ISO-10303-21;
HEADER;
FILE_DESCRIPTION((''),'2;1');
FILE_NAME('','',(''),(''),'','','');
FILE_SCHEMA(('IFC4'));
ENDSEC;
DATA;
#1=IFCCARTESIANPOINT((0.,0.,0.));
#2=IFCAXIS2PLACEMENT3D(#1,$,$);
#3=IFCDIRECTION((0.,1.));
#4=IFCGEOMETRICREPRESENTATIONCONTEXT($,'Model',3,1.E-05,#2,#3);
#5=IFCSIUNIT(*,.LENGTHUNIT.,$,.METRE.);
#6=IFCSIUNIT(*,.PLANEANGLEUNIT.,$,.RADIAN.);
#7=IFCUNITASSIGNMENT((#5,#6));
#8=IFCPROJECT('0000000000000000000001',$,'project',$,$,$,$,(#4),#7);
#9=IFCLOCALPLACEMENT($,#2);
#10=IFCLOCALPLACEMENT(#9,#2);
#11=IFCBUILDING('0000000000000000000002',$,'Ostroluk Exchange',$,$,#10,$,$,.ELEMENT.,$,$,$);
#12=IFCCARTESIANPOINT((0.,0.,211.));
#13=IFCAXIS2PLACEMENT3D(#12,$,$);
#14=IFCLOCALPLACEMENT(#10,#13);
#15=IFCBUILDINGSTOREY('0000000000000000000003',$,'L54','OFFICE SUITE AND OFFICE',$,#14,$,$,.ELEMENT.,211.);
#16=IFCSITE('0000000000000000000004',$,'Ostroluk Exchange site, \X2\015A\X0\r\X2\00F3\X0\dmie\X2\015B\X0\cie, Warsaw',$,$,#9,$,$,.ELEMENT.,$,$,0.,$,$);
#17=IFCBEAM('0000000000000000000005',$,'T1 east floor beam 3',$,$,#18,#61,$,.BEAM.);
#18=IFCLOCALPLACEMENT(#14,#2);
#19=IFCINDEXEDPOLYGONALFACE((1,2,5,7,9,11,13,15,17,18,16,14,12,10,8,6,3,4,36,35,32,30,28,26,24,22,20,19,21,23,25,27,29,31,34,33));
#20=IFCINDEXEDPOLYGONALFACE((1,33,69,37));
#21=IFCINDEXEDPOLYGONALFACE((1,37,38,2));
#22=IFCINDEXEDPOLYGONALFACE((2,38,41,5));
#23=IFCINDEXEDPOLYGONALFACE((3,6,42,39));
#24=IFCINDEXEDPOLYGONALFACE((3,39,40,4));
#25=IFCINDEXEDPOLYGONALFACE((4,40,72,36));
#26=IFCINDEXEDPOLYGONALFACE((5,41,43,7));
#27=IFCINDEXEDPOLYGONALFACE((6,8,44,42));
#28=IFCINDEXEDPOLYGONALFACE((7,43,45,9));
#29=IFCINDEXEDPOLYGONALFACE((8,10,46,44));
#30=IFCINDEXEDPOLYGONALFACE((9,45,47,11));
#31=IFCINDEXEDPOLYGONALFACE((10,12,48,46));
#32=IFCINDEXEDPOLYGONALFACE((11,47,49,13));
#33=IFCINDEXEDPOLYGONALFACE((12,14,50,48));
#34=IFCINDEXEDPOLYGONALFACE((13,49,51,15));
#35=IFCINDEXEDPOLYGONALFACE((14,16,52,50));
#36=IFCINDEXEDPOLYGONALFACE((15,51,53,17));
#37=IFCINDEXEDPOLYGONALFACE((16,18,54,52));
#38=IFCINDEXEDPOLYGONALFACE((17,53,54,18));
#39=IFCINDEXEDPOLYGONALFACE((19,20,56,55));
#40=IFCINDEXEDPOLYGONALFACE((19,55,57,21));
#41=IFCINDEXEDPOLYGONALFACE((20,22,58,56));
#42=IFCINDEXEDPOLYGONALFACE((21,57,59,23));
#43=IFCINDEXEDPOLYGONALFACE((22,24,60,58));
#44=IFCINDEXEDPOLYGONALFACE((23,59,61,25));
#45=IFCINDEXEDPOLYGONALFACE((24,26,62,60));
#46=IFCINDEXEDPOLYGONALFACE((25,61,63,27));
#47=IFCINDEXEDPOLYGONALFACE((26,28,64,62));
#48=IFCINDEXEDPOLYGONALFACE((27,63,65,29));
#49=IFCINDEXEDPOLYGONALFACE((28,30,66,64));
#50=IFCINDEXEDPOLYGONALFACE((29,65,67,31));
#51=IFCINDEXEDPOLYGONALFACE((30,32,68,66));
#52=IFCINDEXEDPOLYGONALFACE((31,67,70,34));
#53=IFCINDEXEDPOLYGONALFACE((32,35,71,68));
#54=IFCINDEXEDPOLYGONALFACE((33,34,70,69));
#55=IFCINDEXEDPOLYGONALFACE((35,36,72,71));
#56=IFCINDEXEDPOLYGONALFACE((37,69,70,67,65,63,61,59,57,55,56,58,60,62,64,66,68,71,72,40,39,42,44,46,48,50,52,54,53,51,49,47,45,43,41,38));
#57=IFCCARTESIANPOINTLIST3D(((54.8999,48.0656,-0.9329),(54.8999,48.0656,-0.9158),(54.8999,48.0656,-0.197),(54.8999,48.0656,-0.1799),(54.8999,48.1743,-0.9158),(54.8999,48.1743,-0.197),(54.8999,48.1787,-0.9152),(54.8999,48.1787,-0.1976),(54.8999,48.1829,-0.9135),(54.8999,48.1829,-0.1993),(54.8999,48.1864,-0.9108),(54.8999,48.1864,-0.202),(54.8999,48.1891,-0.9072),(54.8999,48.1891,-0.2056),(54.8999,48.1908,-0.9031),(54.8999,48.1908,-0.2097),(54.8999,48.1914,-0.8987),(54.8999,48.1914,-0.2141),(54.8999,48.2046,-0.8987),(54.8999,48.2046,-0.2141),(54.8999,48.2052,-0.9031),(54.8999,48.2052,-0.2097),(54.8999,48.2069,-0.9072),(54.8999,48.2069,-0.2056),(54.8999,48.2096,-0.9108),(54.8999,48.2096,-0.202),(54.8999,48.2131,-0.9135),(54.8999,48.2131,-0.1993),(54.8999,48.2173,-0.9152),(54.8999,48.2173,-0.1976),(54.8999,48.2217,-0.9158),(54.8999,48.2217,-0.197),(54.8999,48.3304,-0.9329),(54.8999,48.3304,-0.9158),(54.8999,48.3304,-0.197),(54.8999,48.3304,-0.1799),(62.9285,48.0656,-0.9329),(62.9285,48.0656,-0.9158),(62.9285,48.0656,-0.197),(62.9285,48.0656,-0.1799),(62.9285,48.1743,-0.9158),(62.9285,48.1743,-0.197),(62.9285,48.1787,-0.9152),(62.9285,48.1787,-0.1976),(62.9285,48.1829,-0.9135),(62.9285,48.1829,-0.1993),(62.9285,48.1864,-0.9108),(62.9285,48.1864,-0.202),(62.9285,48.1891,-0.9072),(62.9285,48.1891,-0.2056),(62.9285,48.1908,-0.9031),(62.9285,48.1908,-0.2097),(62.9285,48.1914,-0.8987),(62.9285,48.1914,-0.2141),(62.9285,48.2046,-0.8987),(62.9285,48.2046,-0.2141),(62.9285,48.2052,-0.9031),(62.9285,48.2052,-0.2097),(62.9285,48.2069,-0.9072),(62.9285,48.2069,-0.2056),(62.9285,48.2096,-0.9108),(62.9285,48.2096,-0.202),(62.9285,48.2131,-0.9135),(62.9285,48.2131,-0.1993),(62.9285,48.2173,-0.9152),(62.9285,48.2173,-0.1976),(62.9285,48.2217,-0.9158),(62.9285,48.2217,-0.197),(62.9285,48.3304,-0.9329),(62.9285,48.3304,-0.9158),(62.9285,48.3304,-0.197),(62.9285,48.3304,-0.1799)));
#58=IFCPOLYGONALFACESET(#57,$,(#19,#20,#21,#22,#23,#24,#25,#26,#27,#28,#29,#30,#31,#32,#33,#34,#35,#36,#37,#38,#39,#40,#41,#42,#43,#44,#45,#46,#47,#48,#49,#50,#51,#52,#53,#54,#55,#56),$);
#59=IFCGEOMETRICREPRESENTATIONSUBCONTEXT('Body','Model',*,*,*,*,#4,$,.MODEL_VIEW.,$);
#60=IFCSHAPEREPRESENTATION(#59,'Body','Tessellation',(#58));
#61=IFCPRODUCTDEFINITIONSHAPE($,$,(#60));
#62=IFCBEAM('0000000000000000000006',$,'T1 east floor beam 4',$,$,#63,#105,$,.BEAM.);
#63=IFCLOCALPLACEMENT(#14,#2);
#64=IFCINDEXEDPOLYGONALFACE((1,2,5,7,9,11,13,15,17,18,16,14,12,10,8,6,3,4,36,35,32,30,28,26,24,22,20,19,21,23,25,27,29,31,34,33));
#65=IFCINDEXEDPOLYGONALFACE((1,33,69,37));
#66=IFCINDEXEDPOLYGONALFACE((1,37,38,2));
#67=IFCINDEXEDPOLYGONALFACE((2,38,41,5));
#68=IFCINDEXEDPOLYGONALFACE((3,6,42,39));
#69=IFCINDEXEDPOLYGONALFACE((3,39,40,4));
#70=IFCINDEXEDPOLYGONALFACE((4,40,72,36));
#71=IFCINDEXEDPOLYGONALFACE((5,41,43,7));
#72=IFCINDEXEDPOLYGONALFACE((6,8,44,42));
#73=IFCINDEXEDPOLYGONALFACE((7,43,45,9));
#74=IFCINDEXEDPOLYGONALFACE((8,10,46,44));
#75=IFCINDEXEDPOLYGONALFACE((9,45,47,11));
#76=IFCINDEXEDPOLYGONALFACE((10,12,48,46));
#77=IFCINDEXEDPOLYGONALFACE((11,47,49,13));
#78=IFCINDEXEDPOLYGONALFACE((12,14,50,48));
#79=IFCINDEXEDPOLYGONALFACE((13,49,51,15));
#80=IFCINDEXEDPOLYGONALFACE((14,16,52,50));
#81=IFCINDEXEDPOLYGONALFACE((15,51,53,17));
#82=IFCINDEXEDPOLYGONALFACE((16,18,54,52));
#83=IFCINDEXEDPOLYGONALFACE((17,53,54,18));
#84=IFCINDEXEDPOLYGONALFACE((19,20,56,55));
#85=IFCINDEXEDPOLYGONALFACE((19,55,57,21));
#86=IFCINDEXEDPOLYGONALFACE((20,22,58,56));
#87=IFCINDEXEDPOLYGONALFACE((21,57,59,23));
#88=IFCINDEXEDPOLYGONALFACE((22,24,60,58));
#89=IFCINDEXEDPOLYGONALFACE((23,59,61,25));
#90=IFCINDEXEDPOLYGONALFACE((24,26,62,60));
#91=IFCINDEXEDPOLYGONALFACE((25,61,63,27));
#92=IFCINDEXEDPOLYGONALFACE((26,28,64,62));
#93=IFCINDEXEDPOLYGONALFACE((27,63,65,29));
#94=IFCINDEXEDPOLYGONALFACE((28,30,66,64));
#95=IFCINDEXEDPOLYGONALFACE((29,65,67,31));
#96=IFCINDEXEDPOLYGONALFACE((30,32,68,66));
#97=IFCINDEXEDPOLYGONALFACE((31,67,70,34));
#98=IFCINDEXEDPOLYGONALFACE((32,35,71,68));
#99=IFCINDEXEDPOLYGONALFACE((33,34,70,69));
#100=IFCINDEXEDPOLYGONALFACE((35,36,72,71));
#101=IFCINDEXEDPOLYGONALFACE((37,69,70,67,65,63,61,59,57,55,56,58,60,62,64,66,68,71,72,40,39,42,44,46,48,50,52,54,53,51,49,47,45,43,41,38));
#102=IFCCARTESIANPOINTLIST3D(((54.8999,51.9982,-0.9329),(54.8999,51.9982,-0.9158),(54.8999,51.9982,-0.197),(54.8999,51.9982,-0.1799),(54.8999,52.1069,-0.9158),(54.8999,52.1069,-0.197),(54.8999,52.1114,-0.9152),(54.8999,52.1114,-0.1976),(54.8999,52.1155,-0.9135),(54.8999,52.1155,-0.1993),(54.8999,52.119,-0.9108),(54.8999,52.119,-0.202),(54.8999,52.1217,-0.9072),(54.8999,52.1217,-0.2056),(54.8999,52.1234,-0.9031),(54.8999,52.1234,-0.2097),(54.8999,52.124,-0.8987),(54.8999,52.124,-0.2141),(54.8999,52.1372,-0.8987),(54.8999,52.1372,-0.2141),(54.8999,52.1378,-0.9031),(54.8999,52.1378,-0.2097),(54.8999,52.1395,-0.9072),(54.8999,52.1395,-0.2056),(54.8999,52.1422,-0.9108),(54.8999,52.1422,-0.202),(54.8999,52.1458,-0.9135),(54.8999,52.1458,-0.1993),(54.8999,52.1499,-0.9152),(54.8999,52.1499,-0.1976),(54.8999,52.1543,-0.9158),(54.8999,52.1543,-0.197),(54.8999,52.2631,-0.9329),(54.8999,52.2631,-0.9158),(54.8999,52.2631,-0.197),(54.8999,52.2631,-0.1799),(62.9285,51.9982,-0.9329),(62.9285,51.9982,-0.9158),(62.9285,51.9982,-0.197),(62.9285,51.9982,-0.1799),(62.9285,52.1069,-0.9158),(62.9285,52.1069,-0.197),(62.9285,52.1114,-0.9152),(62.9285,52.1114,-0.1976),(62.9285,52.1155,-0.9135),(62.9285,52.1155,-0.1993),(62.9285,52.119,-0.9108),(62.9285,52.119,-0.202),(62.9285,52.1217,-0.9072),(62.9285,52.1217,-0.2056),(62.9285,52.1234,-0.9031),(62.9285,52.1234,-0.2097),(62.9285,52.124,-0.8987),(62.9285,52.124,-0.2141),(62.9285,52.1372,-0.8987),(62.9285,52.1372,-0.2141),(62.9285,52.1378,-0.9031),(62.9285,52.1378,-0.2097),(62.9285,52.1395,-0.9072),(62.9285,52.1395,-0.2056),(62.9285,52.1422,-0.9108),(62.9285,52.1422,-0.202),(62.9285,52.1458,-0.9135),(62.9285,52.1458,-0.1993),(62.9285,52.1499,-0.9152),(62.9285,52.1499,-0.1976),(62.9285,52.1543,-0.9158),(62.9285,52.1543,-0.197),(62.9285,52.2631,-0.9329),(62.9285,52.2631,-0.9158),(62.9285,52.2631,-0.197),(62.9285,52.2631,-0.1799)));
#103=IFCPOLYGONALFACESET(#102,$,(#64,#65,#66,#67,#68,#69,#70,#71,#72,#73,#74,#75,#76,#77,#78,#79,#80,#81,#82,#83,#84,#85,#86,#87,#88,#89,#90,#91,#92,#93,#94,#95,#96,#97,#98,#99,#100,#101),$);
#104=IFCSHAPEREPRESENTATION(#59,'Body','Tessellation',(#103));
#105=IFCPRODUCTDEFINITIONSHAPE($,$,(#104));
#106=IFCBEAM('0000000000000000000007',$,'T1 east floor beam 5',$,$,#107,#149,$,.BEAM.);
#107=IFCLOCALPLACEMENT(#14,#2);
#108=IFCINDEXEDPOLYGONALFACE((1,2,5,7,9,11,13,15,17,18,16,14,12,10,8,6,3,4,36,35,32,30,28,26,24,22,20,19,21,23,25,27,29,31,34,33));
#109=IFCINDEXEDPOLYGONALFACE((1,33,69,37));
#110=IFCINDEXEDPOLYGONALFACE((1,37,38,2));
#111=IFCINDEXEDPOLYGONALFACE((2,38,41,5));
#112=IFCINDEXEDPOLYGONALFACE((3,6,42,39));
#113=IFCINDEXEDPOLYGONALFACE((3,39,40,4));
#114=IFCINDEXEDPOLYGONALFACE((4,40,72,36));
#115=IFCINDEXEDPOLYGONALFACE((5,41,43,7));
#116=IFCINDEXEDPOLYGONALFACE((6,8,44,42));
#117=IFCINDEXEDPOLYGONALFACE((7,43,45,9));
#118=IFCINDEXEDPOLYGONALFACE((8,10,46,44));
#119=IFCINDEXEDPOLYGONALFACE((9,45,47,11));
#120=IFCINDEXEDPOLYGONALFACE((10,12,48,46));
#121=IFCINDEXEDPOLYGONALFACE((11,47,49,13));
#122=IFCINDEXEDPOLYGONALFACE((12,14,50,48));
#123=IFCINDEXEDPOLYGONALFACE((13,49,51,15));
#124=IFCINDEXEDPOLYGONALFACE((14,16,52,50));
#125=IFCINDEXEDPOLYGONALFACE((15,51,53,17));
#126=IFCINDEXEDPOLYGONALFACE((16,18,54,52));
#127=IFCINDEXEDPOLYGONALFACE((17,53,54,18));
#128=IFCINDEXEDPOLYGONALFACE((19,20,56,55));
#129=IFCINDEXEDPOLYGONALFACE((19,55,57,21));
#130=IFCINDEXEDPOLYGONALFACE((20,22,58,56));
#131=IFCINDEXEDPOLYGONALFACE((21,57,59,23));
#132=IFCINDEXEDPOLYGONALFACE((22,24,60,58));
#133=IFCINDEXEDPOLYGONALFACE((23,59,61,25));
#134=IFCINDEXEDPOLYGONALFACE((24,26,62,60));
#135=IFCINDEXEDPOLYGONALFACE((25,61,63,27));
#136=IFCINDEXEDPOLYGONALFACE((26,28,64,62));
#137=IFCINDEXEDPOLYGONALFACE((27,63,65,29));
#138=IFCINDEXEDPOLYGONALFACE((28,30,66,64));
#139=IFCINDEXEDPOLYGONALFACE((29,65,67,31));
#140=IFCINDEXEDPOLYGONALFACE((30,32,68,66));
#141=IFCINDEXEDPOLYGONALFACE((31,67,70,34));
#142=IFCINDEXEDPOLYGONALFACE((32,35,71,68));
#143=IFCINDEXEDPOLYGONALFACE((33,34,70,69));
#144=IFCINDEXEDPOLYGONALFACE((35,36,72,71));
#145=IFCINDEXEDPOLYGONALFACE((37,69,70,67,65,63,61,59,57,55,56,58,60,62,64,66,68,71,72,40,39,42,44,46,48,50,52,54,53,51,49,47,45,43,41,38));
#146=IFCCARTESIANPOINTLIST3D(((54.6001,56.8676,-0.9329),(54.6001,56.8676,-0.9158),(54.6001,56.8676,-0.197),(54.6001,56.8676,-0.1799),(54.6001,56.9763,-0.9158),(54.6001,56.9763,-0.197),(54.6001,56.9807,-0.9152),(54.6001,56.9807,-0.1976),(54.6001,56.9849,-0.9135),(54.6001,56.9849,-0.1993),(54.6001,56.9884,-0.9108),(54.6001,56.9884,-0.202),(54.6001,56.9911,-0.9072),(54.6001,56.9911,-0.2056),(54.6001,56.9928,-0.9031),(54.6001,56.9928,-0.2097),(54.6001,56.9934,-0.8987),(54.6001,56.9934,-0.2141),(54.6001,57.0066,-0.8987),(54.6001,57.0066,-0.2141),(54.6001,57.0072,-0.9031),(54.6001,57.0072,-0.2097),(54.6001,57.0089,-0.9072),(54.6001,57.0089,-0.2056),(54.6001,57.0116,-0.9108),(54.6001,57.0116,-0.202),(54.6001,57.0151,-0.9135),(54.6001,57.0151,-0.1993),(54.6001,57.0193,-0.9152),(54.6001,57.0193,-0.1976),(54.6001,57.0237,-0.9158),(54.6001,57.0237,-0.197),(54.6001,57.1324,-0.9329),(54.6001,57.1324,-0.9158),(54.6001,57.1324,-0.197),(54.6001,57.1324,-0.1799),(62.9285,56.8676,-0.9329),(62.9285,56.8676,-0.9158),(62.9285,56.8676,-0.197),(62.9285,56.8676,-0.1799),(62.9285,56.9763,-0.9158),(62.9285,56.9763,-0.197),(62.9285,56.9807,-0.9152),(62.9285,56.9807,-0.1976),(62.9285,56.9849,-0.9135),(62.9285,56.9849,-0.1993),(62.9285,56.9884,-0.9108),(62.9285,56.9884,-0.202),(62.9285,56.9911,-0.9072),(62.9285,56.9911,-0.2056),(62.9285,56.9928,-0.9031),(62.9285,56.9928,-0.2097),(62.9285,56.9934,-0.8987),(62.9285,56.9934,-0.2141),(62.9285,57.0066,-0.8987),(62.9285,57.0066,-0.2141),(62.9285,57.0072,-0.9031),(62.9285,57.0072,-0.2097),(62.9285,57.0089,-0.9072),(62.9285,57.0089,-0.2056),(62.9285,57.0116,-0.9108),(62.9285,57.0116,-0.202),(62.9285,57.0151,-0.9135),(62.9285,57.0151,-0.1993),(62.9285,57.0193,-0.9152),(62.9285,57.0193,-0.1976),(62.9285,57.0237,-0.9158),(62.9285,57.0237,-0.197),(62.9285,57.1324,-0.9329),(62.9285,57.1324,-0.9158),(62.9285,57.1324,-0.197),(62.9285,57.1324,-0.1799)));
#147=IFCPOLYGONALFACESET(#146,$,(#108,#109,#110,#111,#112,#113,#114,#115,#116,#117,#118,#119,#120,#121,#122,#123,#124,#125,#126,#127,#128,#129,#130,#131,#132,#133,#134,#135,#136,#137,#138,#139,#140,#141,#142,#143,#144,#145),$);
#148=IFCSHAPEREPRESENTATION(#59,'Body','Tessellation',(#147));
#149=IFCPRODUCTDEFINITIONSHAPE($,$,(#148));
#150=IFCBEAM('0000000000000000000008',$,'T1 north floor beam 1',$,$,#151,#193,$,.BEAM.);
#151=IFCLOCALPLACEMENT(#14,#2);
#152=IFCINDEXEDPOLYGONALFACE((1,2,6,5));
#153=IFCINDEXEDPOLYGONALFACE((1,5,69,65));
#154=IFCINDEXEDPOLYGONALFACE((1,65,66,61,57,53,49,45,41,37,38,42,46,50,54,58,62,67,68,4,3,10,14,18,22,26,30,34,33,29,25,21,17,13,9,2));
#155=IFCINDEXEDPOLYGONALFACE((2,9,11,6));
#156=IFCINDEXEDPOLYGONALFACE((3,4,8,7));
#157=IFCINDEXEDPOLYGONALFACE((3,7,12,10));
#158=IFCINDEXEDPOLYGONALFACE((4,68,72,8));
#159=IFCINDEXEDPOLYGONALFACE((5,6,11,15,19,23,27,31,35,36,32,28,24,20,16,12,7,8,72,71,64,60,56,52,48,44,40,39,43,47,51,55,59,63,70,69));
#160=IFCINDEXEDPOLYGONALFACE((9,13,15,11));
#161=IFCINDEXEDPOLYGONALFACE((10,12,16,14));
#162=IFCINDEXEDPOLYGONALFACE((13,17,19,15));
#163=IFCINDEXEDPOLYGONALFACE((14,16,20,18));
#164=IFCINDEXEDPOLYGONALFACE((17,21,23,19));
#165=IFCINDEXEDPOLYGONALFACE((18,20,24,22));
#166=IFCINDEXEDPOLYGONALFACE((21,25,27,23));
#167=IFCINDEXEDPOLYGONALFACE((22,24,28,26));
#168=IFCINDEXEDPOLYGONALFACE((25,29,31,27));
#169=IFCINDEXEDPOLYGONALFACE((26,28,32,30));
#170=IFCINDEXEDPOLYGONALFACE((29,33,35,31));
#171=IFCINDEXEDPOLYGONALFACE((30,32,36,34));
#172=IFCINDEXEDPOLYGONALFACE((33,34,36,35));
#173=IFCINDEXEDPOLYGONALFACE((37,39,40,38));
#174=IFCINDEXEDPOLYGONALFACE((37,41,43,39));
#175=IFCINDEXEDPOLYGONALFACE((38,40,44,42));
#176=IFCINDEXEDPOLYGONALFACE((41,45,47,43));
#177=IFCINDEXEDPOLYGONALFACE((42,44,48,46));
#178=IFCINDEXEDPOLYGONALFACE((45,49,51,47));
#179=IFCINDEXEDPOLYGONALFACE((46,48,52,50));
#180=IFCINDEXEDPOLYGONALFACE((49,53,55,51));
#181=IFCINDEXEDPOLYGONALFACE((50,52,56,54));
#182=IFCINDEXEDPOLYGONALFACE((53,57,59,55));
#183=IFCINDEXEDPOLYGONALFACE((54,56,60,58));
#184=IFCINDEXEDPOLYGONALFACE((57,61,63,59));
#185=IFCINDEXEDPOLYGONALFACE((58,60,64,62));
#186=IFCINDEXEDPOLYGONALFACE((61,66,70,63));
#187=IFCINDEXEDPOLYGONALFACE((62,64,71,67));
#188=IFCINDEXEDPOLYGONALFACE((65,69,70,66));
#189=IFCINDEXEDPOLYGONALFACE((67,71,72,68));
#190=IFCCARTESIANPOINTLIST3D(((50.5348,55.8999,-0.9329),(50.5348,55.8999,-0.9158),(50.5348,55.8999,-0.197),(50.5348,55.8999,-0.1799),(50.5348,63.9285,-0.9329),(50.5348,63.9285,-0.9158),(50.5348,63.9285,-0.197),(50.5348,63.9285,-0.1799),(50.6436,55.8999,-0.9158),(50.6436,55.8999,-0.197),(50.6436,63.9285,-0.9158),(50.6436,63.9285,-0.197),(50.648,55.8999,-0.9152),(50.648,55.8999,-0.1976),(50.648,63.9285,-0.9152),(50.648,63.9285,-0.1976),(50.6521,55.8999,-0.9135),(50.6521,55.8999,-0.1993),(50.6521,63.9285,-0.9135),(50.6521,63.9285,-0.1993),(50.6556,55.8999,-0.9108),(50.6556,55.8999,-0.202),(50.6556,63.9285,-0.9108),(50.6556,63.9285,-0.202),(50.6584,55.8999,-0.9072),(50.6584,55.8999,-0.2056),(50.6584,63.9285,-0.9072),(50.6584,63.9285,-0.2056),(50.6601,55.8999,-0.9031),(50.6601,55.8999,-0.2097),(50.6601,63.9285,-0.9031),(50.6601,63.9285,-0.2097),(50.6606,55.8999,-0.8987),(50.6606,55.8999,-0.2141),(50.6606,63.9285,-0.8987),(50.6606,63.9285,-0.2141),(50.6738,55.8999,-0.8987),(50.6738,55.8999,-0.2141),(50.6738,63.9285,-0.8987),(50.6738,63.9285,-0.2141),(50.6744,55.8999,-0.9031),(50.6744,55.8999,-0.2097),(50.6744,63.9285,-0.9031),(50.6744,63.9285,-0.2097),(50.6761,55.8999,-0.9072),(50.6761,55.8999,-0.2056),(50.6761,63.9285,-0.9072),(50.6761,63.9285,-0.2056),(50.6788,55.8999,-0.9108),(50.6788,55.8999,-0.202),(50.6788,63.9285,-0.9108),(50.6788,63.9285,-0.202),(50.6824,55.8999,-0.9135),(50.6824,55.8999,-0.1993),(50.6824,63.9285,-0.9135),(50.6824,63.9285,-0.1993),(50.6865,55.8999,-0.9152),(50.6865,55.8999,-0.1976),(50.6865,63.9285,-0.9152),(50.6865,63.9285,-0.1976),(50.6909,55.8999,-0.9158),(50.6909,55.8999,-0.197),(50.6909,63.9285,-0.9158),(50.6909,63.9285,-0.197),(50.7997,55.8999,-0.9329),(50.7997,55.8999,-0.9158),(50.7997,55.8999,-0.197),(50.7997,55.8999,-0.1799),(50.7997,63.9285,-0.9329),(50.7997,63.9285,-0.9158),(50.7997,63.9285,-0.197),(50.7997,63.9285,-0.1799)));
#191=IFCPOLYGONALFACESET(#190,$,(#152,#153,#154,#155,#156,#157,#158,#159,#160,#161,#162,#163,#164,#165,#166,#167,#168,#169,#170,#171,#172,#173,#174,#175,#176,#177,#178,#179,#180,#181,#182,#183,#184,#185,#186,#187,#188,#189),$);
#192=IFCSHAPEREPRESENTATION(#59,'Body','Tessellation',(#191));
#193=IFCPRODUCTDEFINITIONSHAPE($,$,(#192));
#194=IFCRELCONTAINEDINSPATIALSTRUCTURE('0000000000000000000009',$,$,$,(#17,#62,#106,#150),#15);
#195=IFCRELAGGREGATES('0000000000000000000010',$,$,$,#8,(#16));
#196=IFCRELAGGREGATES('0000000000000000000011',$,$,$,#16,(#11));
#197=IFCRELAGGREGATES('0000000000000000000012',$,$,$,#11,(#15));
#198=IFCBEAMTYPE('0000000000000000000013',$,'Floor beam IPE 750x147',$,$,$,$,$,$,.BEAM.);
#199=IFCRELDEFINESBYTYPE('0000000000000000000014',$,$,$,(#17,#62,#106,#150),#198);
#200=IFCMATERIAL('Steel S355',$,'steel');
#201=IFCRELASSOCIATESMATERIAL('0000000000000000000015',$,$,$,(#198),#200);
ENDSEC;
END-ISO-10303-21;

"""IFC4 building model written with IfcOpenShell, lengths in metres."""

from ifc_helpers import new_model, si_unit, direction, frame, origin, origin_2d, place, context, subcontext, project, spatial, i_section, extrude, material, material_profile, profile_set, type_object, element, save


model = new_model("IFC4")

# Units and contexts
model_context = context("Model", 3, precision=1e-05, world=origin(), true_north=direction((0.0, 1.0)))
body_context = subcontext(model_context, "Body", "Model", "MODEL_VIEW")
ifc_project = project(units=[si_unit("LENGTHUNIT", "METRE"), si_unit("PLANEANGLEUNIT", "RADIAN")], contexts=[model_context])

# Site, building, storey
site_placement = place(None, origin())
site = spatial("IfcSite", under=ifc_project, at=site_placement, Name="Ostroluk Exchange site, Śródmieście, Warsaw", CompositionType="ELEMENT", RefElevation=0.0)
building_placement = place(site_placement, origin())
building = spatial("IfcBuilding", under=site, at=building_placement, Name="Ostroluk Exchange", CompositionType="ELEMENT")
storey_placement = place(building_placement, frame((0.0, 0.0, 211.0)))
storey = spatial("IfcBuildingStorey", under=building, at=storey_placement, Name="L54", Description="OFFICE SUITE AND OFFICE", CompositionType="ELEMENT", Elevation=211.0)

# Beams
ifc_material_1 = material(Name="Steel S355", Category="steel")
ifc_material_profile_1 = material_profile(ifc_material_1, i_section(OverallWidth=0.2649, OverallDepth=0.7529, WebThickness=0.0132, FlangeThickness=0.0171, FilletRadius=0.0171, at=origin_2d()), Name="IPE 750x147")
ifc_profile_set_1 = profile_set([ifc_material_profile_1], Name="Steel S355")
beam_type_1 = type_object("IfcBeamType", Name="Floor beam IPE 750x147", PredefinedType="BEAM", material=ifc_profile_set_1)
for number, where, z_axis, x_axis, name in (
    (1, (54.8999, 48.198, -0.5564), (1.0, 0.0, 0.0), (0.0, 1.0, 0.0), "T1 east floor beam 3"),
    (2, (54.8999, 52.1306, -0.5564), (1.0, 0.0, 0.0), (0.0, 1.0, 0.0), "T1 east floor beam 4"),
):
    element("IfcBeam", number, at=place(storey_placement, frame(where, z_axis=z_axis, x_axis=x_axis)), inside=storey, type_object=beam_type_1, Name=name, PredefinedType="BEAM", context=body_context, shape_type="SweptSolid", body=[
        extrude(i_section(OverallWidth=0.2649, OverallDepth=0.7529, WebThickness=0.0132, FlangeThickness=0.0171, FilletRadius=0.0171, at=origin_2d()), origin(), (0.0, 0.0, 1.0), 8.0286),
    ])
beam_1_placement = place(storey_placement, frame((54.6001, 57.0, -0.5564), z_axis=(1.0, 0.0, 0.0), x_axis=(0.0, 1.0, 0.0)))
element("IfcBeam", 3, at=beam_1_placement, inside=storey, type_object=beam_type_1, Name="T1 east floor beam 5", PredefinedType="BEAM", context=body_context, shape_type="SweptSolid", body=[
    extrude(i_section(OverallWidth=0.2649, OverallDepth=0.7529, WebThickness=0.0132, FlangeThickness=0.0171, FilletRadius=0.0171, at=origin_2d()), origin(), (0.0, 0.0, 1.0), 8.3284),
])
for number, where, z_axis, x_axis, name in (
    (4, (50.6672, 55.8999, -0.5564), (0.0, 1.0, 0.0), (-1.0, 0.0, 0.0), "T1 north floor beam 1"),
):
    element("IfcBeam", number, at=place(storey_placement, frame(where, z_axis=z_axis, x_axis=x_axis)), inside=storey, type_object=beam_type_1, Name=name, PredefinedType="BEAM", context=body_context, shape_type="SweptSolid", body=[
        extrude(i_section(OverallWidth=0.2649, OverallDepth=0.7529, WebThickness=0.0132, FlangeThickness=0.0171, FilletRadius=0.0171, at=origin_2d()), origin(), (0.0, 0.0, 1.0), 8.0286),
    ])

save(model, "model.ifc")
